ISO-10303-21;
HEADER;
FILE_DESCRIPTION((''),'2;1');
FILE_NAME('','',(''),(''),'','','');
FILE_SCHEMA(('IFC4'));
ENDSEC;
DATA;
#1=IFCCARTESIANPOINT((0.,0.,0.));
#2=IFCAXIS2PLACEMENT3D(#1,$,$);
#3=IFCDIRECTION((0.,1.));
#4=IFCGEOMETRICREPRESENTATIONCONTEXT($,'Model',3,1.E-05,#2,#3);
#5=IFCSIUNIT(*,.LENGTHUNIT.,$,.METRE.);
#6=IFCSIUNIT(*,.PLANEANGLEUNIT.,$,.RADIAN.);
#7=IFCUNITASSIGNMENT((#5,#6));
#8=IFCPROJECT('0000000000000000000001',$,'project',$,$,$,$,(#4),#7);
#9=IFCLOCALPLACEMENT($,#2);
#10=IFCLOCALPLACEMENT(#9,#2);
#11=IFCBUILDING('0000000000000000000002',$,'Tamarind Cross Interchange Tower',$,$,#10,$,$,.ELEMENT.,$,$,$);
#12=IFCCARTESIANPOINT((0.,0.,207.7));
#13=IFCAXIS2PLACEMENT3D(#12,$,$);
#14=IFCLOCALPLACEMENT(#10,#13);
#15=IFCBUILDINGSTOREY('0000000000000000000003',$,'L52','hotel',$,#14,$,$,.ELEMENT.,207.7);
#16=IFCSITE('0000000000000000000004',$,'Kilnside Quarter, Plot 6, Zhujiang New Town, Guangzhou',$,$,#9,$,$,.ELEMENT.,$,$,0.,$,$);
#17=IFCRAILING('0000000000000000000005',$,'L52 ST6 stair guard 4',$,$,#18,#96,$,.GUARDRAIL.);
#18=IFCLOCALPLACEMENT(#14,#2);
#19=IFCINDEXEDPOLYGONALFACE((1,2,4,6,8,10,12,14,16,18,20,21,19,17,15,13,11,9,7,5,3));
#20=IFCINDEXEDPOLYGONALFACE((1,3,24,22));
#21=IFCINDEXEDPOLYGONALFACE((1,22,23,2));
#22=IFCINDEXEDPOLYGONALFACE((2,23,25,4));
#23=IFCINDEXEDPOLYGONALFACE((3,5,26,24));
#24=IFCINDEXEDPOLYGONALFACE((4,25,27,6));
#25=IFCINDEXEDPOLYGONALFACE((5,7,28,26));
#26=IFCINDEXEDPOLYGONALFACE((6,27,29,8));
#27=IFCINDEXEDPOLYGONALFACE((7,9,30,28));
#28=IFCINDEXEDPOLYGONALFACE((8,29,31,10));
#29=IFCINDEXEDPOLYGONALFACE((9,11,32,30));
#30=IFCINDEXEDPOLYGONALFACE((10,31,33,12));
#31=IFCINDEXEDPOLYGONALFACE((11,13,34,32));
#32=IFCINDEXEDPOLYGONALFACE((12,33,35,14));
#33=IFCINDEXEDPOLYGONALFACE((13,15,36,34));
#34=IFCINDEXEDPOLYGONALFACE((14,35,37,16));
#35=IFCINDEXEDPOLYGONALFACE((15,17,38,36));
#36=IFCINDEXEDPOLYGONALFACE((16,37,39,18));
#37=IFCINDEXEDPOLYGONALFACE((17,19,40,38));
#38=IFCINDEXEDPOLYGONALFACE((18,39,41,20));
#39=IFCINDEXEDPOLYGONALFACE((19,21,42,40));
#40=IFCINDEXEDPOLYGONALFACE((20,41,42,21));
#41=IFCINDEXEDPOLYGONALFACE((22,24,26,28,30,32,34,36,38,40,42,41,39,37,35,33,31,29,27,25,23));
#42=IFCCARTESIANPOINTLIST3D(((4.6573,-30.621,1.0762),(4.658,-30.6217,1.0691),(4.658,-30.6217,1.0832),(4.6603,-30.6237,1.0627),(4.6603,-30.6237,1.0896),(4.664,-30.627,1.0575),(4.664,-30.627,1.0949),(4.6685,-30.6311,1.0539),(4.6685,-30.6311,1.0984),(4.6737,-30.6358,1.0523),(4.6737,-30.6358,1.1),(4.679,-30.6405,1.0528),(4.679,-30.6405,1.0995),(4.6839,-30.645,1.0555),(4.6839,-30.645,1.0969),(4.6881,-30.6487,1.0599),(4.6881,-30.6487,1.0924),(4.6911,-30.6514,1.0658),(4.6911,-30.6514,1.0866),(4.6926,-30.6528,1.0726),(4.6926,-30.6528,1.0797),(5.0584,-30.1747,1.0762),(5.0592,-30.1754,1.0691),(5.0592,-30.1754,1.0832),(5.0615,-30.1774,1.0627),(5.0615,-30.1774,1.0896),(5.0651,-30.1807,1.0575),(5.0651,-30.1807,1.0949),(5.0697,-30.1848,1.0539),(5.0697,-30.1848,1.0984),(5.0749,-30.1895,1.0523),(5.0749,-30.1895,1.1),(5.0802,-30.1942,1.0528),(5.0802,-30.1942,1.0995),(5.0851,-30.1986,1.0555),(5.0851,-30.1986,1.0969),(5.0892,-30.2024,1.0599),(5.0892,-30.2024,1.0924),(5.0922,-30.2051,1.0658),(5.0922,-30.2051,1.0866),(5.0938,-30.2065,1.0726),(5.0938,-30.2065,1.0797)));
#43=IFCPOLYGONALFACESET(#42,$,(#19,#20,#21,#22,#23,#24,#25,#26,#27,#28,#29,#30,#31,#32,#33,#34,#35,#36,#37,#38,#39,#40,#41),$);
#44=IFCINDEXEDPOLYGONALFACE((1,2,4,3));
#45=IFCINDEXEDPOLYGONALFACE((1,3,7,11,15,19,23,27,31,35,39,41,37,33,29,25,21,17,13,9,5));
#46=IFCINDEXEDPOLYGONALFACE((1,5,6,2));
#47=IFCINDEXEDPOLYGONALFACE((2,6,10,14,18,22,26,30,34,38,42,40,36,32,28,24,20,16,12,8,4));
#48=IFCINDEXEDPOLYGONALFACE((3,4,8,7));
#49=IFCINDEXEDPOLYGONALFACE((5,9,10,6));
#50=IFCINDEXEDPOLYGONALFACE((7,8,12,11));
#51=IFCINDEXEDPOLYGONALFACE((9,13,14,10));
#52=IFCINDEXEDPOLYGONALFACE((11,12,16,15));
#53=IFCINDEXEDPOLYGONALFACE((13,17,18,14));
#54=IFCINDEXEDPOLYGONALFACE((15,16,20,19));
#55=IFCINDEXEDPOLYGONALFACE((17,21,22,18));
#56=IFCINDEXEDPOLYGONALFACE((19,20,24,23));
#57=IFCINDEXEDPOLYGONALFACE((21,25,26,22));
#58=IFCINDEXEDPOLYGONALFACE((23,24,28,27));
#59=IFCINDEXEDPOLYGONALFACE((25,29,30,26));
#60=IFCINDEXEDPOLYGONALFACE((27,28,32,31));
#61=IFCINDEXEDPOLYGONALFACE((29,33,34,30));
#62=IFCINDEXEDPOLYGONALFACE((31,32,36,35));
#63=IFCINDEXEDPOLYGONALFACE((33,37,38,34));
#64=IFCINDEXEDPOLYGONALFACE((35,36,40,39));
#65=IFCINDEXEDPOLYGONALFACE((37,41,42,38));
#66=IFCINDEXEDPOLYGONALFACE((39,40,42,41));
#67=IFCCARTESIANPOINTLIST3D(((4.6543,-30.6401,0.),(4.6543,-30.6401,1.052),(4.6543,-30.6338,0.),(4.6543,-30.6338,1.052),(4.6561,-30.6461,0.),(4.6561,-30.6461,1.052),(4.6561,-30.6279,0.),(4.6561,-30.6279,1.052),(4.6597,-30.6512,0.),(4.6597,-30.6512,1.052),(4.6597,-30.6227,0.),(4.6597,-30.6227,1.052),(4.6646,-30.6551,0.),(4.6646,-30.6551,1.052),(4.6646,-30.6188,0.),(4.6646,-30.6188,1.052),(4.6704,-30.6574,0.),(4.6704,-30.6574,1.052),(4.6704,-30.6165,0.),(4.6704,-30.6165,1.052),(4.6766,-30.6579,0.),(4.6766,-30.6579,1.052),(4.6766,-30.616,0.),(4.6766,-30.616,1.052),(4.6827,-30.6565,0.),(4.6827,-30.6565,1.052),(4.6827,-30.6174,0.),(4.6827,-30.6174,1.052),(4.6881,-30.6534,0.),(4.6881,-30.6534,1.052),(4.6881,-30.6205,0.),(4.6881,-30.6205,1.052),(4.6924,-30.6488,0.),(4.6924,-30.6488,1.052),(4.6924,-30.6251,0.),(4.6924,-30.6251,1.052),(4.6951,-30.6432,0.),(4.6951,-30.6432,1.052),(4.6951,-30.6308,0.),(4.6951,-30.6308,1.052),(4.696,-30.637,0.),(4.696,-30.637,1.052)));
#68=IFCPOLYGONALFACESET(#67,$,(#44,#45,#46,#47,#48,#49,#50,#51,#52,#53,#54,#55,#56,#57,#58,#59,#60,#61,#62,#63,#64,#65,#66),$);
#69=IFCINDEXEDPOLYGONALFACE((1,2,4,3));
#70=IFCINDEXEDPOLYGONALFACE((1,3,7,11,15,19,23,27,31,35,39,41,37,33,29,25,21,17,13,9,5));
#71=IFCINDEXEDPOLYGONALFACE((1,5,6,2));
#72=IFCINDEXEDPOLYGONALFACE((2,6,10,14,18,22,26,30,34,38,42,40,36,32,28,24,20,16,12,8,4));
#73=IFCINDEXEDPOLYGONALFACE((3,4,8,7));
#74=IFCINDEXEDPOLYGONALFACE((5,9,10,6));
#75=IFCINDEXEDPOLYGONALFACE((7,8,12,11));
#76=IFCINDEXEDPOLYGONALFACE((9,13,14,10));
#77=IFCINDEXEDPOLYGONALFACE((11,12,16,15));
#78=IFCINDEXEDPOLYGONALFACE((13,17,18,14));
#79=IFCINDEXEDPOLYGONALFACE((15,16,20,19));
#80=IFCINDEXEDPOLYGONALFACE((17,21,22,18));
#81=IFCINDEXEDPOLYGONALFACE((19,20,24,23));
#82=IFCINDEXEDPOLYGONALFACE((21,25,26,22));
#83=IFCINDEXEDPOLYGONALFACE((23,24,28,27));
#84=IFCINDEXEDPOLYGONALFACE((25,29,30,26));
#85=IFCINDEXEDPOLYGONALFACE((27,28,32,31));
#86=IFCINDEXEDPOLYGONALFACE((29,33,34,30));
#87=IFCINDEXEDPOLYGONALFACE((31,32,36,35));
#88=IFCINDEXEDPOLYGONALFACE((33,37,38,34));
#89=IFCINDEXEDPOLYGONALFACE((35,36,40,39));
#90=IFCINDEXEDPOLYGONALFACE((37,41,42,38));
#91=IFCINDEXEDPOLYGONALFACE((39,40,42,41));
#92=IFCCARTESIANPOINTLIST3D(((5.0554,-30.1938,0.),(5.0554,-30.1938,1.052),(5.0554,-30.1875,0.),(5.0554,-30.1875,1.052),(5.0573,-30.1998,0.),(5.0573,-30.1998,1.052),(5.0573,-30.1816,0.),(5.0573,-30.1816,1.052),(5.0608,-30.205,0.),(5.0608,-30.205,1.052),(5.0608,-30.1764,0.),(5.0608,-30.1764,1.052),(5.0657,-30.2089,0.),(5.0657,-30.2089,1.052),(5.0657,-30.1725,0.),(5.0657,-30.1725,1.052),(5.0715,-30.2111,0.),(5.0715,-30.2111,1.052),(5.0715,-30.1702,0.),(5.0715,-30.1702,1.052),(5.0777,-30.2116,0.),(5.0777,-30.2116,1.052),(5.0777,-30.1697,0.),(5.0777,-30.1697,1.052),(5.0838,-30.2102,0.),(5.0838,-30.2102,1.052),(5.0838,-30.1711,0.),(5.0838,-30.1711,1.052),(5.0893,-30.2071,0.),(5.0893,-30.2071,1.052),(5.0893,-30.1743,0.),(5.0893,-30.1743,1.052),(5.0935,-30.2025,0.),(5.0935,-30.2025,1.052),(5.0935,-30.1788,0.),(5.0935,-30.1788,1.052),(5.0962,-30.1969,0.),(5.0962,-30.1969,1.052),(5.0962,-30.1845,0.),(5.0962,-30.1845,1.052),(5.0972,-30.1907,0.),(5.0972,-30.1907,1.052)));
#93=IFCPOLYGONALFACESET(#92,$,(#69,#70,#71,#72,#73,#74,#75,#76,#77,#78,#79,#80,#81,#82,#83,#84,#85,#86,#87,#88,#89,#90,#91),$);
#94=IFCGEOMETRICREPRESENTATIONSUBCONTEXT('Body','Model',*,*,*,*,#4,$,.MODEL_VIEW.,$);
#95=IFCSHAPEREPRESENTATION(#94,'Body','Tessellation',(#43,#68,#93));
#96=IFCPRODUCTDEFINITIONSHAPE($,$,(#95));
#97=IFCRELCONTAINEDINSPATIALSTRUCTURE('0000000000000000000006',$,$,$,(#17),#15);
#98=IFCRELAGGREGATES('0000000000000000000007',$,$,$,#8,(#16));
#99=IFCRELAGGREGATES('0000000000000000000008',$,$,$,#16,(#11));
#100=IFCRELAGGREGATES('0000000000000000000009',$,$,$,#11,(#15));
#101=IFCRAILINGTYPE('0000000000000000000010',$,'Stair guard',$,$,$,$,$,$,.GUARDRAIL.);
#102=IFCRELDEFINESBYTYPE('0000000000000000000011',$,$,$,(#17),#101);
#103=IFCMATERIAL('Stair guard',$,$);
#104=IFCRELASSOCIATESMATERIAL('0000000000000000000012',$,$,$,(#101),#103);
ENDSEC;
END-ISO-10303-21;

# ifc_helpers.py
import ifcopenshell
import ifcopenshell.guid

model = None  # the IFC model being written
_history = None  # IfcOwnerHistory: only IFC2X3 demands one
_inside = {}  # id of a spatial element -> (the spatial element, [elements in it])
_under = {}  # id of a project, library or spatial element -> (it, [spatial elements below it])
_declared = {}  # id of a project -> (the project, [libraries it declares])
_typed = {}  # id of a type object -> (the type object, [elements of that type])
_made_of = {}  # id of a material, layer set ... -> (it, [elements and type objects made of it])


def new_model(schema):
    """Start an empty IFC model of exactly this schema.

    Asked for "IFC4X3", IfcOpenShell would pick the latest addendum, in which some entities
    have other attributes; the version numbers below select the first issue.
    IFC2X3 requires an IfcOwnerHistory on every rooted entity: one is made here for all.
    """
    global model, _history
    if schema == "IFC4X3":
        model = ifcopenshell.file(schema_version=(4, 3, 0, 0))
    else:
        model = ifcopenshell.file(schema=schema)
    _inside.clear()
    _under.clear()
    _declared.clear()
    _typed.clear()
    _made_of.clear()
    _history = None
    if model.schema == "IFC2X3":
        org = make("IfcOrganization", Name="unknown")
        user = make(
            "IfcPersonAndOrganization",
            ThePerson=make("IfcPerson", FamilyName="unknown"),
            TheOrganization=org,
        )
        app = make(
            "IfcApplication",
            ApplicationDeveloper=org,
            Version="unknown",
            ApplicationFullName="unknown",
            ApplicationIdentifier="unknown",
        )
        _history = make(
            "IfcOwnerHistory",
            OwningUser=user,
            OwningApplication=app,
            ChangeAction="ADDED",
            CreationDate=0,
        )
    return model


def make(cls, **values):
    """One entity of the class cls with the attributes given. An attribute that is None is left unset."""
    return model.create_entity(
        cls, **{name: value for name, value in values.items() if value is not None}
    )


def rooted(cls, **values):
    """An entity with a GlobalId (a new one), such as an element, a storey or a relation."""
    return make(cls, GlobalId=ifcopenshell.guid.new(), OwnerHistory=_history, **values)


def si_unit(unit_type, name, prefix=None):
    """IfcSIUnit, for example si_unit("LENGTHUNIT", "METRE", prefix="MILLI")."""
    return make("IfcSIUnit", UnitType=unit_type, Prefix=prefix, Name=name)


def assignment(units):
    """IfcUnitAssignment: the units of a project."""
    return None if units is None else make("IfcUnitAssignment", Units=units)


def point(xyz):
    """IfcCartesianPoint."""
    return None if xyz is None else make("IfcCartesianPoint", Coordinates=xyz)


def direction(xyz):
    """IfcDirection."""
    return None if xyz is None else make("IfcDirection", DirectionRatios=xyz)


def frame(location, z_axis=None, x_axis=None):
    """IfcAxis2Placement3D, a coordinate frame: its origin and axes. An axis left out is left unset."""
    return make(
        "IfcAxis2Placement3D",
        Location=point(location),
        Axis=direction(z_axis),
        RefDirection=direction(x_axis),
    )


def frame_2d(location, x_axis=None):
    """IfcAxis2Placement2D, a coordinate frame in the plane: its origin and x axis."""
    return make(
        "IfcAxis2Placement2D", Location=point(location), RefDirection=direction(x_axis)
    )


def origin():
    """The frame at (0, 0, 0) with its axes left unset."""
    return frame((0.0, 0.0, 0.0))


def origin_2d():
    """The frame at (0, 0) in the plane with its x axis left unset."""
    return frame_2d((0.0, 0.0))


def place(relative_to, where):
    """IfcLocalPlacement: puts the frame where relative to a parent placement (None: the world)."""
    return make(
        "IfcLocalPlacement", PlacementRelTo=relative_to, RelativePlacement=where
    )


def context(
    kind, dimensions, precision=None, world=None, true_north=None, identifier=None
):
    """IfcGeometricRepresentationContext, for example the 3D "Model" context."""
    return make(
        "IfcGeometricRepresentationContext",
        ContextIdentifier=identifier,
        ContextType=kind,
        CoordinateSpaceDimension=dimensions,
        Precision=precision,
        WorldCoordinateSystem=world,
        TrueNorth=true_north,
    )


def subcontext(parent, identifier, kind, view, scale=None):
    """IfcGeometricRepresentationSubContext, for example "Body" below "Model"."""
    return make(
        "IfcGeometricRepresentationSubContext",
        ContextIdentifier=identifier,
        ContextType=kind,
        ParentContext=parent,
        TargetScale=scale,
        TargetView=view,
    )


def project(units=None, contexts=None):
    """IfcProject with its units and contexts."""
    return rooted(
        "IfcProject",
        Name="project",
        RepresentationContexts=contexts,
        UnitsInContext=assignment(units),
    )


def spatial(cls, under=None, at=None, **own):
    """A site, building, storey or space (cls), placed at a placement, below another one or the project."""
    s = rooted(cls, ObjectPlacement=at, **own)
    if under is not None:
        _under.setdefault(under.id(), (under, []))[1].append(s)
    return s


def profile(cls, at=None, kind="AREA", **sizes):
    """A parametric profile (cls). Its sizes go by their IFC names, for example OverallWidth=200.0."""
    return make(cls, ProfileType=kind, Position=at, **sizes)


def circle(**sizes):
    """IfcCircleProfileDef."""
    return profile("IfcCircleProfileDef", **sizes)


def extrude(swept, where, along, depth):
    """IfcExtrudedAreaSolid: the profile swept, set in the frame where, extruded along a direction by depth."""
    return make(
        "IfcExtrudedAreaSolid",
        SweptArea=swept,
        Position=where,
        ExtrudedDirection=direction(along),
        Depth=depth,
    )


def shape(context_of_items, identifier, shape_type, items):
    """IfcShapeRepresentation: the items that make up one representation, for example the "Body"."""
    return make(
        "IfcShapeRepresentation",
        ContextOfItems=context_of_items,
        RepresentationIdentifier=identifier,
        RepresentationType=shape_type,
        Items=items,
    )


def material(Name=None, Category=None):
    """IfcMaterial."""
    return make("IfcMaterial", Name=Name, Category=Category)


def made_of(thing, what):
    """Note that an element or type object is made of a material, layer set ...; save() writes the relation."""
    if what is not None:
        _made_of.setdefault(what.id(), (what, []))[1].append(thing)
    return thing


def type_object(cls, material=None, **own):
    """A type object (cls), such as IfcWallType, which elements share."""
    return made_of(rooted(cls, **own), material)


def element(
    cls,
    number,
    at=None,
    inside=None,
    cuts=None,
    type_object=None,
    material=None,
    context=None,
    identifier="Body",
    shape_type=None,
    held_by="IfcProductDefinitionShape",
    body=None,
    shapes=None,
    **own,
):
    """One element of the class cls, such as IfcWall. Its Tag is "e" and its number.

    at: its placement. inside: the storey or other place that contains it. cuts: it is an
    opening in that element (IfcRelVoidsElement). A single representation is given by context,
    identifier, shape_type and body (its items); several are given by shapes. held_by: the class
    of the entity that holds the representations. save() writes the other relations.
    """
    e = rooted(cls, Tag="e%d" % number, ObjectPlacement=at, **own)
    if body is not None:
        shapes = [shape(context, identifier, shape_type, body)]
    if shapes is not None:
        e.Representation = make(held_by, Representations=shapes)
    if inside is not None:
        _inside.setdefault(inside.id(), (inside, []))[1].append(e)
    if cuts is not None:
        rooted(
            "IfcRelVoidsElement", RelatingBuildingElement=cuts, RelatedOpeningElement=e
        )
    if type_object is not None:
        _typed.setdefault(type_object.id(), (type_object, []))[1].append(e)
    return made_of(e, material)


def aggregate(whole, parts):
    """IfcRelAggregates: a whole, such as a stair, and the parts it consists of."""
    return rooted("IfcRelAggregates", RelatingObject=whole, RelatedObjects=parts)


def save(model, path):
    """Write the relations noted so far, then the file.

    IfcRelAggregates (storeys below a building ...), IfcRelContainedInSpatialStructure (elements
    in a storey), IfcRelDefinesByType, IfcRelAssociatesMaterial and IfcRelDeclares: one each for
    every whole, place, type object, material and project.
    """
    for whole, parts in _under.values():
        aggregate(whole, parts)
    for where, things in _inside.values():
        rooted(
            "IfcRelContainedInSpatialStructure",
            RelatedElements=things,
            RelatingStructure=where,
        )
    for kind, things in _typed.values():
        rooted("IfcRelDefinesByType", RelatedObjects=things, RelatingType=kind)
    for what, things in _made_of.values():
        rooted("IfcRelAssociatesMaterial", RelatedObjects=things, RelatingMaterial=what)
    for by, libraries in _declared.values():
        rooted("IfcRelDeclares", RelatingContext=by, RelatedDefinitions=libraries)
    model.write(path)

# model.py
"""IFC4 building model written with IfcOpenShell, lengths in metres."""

from ifc_helpers import new_model, si_unit, direction, frame, origin, origin_2d, place, context, subcontext, project, spatial, circle, extrude, material, type_object, element, save


model = new_model("IFC4")

# Units and contexts
model_context = context("Model", 3, precision=1e-05, world=origin(), true_north=direction((0.0, 1.0)))
body_context = subcontext(model_context, "Body", "Model", "MODEL_VIEW")
ifc_project = project(units=[si_unit("LENGTHUNIT", "METRE"), si_unit("PLANEANGLEUNIT", "RADIAN")], contexts=[model_context])

# Site, building, storey
site_placement = place(None, origin())
site = spatial("IfcSite", under=ifc_project, at=site_placement, Name="Kilnside Quarter, Plot 6, Zhujiang New Town, Guangzhou", CompositionType="ELEMENT", RefElevation=0.0)
building_placement = place(site_placement, origin())
building = spatial("IfcBuilding", under=site, at=building_placement, Name="Tamarind Cross Interchange Tower", CompositionType="ELEMENT")
storey_placement = place(building_placement, frame((0.0, 0.0, 207.7)))
storey = spatial("IfcBuildingStorey", under=building, at=storey_placement, Name="L52", Description="hotel", CompositionType="ELEMENT", Elevation=207.7)

# Railing
ifc_material_1 = material(Name="Stair guard")
railing_type = type_object("IfcRailingType", Name="Stair guard", PredefinedType="GUARDRAIL", material=ifc_material_1)
railing_1_placement = place(storey_placement, frame((4.675, -30.637, 0.0)))
element("IfcRailing", 1, at=railing_1_placement, inside=storey, type_object=railing_type, Name="L52 ST6 stair guard 4", PredefinedType="GUARDRAIL", context=body_context, shape_type="SweptSolid", body=[
    extrude(circle(Radius=0.0239, at=origin_2d()), frame((0.0, 0.0, 1.0762), z_axis=(0.66847, 0.743739, 0.0), x_axis=(-0.743739, 0.66847, 0.0)), (0.0, 0.0, 1.0), 0.6001),
    extrude(circle(Radius=0.021, at=origin_2d()), origin(), (0.0, 0.0, 1.0), 1.052),
    extrude(circle(Radius=0.021, at=origin_2d()), frame((0.4011, 0.4463, 0.0)), (0.0, 0.0, 1.0), 1.052),
])

save(model, "model.ifc")
